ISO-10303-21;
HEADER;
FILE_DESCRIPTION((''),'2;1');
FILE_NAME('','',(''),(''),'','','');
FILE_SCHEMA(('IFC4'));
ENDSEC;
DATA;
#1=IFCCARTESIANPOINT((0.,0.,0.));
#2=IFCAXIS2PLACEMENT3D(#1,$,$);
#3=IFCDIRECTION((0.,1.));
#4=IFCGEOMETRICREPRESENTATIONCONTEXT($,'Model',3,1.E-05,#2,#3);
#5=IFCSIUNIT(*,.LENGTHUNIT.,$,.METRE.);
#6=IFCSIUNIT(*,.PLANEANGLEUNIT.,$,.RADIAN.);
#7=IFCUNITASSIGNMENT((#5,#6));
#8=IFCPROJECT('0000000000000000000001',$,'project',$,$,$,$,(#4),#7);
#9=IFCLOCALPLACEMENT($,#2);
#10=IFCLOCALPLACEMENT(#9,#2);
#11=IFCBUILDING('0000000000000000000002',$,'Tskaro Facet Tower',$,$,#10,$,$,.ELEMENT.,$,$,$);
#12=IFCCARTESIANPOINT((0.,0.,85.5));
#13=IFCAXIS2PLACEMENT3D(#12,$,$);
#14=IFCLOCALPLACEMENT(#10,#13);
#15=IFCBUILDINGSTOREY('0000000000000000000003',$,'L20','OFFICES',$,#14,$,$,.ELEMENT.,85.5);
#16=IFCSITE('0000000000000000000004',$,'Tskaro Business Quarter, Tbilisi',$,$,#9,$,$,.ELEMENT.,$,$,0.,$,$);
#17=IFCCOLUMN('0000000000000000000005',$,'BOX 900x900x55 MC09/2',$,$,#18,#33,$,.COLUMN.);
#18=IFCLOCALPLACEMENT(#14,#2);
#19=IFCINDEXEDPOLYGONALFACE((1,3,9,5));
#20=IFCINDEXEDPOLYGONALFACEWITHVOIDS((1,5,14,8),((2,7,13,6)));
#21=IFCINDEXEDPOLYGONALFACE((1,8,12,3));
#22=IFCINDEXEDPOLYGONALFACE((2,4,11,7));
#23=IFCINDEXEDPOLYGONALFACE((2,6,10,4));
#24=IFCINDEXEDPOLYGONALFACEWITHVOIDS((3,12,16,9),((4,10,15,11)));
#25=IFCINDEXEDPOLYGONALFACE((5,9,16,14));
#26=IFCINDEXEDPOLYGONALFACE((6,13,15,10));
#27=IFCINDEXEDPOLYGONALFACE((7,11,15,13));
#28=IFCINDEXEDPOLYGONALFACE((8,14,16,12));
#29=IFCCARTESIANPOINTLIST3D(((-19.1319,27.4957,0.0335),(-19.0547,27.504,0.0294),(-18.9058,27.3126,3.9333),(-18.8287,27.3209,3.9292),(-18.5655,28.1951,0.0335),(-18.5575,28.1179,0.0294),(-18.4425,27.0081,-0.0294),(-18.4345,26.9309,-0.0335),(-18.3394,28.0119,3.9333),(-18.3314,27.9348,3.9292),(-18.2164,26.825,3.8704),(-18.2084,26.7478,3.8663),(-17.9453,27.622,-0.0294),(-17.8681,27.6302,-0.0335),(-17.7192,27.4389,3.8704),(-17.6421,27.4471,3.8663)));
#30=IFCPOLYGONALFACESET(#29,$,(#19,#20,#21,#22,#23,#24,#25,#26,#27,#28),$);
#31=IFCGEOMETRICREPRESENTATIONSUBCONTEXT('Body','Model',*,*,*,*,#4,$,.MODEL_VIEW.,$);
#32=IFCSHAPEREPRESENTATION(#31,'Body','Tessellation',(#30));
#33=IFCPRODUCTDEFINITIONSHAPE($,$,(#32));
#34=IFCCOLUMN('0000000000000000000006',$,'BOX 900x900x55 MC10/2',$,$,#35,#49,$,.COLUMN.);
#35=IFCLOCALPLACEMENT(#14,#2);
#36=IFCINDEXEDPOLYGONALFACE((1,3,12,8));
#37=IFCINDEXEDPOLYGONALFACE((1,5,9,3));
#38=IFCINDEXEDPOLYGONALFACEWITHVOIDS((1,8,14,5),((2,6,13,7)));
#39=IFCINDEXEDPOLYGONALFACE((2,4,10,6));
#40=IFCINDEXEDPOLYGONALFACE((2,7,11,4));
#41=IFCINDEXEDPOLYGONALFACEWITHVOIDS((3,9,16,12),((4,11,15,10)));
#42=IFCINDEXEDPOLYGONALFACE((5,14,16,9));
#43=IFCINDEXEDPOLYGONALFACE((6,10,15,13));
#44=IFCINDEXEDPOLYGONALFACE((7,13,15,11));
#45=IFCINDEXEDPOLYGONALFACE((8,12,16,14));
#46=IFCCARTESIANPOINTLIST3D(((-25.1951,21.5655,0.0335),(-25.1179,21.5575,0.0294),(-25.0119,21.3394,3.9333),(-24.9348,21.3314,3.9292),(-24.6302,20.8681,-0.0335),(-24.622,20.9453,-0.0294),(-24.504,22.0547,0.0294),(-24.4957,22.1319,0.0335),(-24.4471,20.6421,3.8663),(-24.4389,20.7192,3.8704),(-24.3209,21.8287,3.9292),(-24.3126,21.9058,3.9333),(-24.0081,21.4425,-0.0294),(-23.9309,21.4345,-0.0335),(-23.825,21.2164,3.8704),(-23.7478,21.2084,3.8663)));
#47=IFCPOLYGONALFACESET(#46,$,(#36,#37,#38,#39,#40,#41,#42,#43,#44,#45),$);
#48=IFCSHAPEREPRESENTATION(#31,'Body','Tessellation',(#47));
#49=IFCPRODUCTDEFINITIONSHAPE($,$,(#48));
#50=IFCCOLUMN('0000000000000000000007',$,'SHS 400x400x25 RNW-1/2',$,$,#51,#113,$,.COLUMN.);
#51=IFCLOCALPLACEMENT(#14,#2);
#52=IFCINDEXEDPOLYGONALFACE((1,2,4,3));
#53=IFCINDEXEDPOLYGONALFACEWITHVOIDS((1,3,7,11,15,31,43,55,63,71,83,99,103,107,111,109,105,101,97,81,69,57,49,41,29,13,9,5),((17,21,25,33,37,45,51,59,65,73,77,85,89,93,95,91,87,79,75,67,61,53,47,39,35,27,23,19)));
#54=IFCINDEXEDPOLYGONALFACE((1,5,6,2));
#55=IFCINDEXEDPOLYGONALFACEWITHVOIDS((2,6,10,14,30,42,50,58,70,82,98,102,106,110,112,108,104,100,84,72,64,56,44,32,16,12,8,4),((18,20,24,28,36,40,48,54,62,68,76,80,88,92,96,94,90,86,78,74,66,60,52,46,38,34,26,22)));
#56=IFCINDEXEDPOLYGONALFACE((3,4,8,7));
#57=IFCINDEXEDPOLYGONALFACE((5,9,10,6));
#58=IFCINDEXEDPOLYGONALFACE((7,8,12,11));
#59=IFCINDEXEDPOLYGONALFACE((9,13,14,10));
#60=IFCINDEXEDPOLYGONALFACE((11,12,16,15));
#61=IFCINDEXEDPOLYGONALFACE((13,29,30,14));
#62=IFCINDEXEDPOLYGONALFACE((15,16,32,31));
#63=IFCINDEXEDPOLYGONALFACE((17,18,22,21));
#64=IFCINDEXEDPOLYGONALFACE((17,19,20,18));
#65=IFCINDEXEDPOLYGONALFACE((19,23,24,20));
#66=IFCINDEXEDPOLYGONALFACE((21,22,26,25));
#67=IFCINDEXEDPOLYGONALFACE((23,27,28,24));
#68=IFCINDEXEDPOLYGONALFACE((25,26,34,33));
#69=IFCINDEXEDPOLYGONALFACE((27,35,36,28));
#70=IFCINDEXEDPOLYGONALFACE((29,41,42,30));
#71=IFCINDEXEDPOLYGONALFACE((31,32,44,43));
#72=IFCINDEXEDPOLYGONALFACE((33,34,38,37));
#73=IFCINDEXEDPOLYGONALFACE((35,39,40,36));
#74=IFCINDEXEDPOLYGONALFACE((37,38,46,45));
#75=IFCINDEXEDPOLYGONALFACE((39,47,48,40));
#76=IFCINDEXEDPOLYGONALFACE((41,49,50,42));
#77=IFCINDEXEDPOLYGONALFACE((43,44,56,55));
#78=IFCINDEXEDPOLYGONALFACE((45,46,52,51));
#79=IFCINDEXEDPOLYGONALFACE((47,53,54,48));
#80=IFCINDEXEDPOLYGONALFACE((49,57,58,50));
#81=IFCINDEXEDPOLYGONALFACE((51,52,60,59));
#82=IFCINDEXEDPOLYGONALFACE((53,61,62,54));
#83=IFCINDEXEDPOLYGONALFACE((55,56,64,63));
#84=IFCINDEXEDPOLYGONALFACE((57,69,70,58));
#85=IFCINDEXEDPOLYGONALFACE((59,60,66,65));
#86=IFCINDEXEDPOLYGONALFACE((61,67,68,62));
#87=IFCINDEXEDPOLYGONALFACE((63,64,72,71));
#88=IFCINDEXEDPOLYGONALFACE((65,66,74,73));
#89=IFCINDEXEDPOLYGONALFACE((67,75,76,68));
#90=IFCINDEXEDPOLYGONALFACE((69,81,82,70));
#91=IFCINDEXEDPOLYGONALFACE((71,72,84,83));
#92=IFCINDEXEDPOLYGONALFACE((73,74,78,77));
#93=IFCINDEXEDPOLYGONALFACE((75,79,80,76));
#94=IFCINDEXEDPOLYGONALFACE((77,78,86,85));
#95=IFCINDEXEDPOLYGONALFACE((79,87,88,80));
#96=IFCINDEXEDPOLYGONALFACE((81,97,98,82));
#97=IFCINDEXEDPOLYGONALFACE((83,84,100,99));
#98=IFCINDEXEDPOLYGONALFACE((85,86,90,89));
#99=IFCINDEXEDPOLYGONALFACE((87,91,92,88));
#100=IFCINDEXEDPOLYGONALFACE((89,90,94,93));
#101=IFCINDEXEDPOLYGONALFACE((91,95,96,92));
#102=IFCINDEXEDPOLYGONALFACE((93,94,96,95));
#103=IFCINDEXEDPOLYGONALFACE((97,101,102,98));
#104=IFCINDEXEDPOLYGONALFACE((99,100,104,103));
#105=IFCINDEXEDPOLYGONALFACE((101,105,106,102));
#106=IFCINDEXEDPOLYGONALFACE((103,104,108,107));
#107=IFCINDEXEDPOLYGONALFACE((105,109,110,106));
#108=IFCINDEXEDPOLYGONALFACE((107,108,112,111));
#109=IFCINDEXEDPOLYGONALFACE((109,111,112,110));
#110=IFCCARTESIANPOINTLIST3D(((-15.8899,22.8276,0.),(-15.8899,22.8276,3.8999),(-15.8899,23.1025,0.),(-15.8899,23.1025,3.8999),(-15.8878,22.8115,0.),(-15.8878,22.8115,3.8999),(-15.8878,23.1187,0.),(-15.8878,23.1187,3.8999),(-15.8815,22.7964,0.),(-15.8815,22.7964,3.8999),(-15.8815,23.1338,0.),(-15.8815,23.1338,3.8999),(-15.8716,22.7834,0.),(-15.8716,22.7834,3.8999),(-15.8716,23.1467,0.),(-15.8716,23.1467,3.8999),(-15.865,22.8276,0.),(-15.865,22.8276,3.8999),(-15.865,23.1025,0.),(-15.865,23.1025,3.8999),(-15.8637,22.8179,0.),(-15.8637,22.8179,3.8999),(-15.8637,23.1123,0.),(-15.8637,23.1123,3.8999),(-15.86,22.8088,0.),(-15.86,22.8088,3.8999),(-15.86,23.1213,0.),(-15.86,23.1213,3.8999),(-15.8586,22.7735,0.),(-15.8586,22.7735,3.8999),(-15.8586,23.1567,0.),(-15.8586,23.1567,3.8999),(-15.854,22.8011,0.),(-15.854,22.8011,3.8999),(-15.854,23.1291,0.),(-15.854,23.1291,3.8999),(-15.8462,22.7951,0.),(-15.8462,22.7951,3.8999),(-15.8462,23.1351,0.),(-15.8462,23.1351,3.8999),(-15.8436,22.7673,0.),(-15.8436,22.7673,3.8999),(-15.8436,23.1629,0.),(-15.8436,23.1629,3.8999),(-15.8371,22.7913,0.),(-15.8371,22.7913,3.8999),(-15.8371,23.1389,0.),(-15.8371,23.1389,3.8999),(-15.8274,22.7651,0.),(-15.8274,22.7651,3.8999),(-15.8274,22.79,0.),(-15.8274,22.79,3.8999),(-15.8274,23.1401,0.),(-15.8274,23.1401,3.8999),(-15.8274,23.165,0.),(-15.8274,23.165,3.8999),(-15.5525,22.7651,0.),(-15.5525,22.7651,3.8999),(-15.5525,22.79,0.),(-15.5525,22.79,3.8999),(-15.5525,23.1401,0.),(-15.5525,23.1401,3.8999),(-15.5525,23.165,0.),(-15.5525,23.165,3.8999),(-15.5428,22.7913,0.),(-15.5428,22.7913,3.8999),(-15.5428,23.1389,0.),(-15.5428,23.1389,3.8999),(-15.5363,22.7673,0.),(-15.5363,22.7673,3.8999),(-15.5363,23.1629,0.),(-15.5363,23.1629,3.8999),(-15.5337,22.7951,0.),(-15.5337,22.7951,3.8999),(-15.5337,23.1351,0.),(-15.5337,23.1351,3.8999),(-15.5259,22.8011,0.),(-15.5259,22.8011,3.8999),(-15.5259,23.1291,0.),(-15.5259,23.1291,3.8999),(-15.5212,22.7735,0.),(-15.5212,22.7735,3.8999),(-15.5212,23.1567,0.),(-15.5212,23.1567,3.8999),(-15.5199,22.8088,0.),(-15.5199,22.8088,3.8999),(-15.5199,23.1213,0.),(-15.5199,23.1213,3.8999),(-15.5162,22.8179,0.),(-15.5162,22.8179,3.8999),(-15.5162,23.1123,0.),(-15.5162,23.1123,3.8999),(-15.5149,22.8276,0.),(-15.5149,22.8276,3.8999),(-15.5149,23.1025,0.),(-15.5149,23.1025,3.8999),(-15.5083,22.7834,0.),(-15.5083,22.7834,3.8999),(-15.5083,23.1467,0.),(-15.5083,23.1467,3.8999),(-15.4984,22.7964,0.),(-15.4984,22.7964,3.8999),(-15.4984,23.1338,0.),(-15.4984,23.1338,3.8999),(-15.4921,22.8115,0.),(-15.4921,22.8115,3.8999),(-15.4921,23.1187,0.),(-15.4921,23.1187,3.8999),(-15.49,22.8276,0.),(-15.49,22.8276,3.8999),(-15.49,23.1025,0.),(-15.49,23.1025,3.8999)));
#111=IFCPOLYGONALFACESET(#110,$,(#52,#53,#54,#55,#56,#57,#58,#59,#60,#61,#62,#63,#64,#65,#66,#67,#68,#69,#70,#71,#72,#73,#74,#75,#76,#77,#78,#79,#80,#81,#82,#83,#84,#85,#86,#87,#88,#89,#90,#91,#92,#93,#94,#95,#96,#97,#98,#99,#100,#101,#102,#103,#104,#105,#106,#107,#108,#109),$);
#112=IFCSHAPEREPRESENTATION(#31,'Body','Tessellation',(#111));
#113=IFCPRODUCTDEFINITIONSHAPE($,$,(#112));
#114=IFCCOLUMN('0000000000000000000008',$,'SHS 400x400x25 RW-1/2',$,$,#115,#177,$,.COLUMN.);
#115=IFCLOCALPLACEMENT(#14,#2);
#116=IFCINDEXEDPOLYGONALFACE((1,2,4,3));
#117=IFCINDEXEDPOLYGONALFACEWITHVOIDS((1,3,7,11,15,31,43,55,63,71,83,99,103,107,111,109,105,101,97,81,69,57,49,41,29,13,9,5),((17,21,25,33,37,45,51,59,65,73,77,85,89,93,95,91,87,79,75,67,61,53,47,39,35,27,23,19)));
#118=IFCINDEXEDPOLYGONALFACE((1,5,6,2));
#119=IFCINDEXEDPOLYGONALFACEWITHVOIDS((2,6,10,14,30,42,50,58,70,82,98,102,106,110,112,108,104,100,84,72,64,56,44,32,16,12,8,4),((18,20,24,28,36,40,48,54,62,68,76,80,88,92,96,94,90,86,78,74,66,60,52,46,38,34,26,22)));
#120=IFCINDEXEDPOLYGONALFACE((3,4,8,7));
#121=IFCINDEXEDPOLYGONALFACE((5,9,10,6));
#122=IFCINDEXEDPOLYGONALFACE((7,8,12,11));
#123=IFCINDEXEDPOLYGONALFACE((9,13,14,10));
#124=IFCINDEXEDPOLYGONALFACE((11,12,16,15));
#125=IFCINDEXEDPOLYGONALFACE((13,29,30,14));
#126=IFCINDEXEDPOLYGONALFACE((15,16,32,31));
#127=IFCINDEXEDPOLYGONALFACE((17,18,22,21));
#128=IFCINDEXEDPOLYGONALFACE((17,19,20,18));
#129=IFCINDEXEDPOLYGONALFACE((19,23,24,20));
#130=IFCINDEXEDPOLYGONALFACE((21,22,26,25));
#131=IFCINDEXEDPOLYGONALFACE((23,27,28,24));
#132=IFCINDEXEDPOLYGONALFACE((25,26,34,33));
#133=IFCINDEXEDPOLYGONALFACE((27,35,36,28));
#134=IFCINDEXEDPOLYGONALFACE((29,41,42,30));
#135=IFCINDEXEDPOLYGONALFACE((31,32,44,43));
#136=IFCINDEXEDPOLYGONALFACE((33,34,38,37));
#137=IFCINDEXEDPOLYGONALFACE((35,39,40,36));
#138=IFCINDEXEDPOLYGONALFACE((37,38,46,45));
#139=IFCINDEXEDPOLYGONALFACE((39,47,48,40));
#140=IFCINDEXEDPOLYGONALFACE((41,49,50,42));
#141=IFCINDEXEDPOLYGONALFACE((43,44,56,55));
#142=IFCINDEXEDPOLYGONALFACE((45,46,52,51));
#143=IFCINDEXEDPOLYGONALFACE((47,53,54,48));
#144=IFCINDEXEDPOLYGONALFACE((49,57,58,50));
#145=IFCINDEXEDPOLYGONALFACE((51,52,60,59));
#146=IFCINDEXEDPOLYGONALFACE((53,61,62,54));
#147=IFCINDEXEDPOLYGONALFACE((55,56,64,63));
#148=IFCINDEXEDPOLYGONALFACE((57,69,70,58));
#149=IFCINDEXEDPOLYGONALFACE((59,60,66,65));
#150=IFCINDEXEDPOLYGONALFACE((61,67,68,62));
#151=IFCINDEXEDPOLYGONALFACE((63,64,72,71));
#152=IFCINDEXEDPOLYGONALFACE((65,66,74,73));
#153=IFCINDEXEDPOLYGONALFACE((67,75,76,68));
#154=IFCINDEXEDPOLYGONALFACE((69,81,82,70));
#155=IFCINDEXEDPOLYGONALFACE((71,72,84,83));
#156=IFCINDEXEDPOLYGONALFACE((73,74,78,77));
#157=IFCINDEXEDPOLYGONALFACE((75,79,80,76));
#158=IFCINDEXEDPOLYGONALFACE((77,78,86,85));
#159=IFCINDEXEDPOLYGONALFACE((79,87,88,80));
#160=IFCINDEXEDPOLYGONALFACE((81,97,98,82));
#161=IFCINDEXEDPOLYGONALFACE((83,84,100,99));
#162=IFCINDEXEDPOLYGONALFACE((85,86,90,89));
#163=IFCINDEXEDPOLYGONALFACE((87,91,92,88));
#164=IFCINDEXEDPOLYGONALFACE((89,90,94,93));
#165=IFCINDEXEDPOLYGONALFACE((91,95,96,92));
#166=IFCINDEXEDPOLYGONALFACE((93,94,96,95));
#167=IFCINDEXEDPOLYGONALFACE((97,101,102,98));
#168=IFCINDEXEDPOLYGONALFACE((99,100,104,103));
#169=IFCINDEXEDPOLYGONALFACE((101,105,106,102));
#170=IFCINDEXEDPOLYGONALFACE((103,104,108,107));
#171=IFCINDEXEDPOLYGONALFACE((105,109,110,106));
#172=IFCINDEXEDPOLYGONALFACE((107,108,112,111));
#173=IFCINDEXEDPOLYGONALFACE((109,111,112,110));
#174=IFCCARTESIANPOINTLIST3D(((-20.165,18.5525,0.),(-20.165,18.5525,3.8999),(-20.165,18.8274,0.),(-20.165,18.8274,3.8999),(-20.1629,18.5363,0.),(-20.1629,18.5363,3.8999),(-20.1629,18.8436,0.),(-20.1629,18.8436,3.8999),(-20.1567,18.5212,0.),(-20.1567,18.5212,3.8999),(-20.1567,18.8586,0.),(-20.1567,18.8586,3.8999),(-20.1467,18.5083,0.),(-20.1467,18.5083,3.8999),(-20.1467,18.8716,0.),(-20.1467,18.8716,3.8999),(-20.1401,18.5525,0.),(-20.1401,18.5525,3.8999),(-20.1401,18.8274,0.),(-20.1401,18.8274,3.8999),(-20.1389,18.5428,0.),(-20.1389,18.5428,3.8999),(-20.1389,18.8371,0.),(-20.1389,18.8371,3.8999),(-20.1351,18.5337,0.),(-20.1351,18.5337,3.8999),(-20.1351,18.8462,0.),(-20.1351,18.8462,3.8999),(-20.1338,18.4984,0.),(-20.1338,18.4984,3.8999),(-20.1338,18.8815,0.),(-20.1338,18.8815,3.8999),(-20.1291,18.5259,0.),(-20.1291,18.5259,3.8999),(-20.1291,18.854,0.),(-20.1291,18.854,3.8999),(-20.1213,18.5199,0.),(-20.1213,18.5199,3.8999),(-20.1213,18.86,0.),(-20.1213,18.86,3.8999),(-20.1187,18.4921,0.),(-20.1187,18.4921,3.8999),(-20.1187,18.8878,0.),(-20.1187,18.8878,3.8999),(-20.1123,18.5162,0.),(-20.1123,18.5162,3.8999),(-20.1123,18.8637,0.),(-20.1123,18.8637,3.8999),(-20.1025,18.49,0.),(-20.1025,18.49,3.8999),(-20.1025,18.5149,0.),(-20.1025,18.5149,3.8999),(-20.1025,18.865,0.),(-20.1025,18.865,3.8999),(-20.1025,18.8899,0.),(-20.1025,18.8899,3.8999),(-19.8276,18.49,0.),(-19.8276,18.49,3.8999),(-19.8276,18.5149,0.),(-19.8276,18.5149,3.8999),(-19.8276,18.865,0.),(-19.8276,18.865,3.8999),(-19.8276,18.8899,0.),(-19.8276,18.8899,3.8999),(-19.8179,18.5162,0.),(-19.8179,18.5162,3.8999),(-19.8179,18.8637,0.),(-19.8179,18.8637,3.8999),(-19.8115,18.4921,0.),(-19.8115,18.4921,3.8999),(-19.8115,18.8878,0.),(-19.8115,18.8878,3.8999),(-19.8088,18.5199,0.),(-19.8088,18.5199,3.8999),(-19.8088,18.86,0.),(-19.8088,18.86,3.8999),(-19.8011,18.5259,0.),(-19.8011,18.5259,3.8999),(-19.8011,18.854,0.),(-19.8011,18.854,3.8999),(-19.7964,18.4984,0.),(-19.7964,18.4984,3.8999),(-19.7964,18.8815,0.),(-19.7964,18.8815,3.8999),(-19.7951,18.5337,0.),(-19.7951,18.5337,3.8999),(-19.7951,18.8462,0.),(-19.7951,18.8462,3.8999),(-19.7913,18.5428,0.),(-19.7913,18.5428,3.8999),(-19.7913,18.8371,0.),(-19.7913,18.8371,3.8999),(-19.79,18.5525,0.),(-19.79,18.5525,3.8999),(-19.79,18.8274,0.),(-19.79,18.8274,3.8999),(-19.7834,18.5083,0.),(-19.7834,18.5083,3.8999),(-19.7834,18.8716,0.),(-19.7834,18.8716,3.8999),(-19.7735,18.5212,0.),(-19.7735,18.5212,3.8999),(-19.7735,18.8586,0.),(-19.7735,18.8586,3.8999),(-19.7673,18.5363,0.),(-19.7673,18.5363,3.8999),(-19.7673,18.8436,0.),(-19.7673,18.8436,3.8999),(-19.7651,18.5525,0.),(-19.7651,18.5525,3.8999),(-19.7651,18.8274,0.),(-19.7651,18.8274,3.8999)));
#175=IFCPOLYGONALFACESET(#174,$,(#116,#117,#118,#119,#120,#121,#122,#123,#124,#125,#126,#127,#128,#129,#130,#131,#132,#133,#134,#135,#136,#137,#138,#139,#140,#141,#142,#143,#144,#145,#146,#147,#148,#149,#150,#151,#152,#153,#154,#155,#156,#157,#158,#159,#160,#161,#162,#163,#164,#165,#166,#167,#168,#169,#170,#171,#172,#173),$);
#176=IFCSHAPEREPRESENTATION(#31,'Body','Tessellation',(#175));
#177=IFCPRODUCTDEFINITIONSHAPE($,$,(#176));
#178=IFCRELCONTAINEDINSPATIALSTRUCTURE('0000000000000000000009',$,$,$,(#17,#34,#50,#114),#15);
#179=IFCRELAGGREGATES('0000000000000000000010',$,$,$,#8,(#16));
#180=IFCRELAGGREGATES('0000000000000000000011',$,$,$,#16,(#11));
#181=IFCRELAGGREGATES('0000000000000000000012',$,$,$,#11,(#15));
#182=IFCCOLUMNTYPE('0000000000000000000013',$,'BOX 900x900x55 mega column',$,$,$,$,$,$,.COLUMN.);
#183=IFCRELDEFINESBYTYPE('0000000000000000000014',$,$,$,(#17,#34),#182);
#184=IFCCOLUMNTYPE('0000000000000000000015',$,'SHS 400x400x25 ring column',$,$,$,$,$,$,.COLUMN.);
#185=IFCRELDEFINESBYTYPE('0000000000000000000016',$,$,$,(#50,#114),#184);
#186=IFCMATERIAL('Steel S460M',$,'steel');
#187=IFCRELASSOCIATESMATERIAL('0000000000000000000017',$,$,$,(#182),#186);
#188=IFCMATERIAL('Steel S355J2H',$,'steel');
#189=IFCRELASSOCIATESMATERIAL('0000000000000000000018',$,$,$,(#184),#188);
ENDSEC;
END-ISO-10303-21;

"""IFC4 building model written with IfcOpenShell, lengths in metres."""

from ifc_helpers import new_model, si_unit, direction, frame, origin, origin_2d, place, context, subcontext, project, spatial, hollow_rectangle, extrude, material, material_profile, profile_set, type_object, element, save


model = new_model("IFC4")

# Units and contexts
model_context = context("Model", 3, precision=1e-05, world=origin(), true_north=direction((0.0, 1.0)))
body_context = subcontext(model_context, "Body", "Model", "MODEL_VIEW")
ifc_project = project(units=[si_unit("LENGTHUNIT", "METRE"), si_unit("PLANEANGLEUNIT", "RADIAN")], contexts=[model_context])

# Site, building, storey
site_placement = place(None, origin())
site = spatial("IfcSite", under=ifc_project, at=site_placement, Name="Tskaro Business Quarter, Tbilisi", CompositionType="ELEMENT", RefElevation=0.0)
building_placement = place(site_placement, origin())
building = spatial("IfcBuilding", under=site, at=building_placement, Name="Tskaro Facet Tower", CompositionType="ELEMENT")
storey_placement = place(building_placement, frame((0.0, 0.0, 85.5)))
storey = spatial("IfcBuildingStorey", under=building, at=storey_placement, Name="L20", Description="OFFICES", CompositionType="ELEMENT", Elevation=85.5)

# Columns
ifc_material_1 = material(Name="Steel S460M", Category="steel")
ifc_material_profile_1 = material_profile(ifc_material_1, hollow_rectangle(XDim=0.8999, YDim=0.8999, WallThickness=0.0549, at=origin_2d()), Name="BOX 900x900x55")
ifc_profile_set_1 = profile_set([ifc_material_profile_1], Name="Steel S460M")
column_type_1 = type_object("IfcColumnType", Name="BOX 900x900x55 mega column", PredefinedType="COLUMN", material=ifc_profile_set_1)
for number, where, z_axis, x_axis, name in (
    (1, (-18.5, 27.563, 0.0), (0.057809, -0.046821, 0.997229), (0.629391, 0.777089, 0.0), "BOX 900x900x55 MC09/2"),
    (2, (-24.563, 21.5, 0.0), (0.046821, -0.057809, 0.997229), (0.777089, 0.629391, 0.0), "BOX 900x900x55 MC10/2"),
):
    element("IfcColumn", number, at=place(storey_placement, frame(where, z_axis=z_axis, x_axis=x_axis)), inside=storey, type_object=column_type_1, Name=name, PredefinedType="COLUMN", context=body_context, shape_type="SweptSolid", body=[
        extrude(hollow_rectangle(XDim=0.8999, YDim=0.8999, WallThickness=0.0549, at=origin_2d()), origin(), (0.0, 0.0, 1.0), 3.9106),
    ])
ifc_material_2 = material(Name="Steel S355J2H", Category="steel")
ifc_material_profile_2 = material_profile(ifc_material_2, hollow_rectangle(XDim=0.3999, YDim=0.3999, WallThickness=0.0249, InnerFilletRadius=0.0376, OuterFilletRadius=0.0625, at=origin_2d()), Name="SHS 400x400x25")
ifc_profile_set_2 = profile_set([ifc_material_profile_2], Name="Steel S355J2H")
column_type_2 = type_object("IfcColumnType", Name="SHS 400x400x25 ring column", PredefinedType="COLUMN", material=ifc_profile_set_2)
for number, where, z_axis, x_axis, name in (
    (3, (-15.6899, 22.9651, 0.0), (0.0, 0.0, 1.0), (1.0, 0.0, 0.0), "SHS 400x400x25 RNW-1/2"),
    (4, (-19.9651, 18.6899, 0.0), (0.0, 0.0, 1.0), (1.0, 0.0, 0.0), "SHS 400x400x25 RW-1/2"),
):
    element("IfcColumn", number, at=place(storey_placement, frame(where, z_axis=z_axis, x_axis=x_axis)), inside=storey, type_object=column_type_2, Name=name, PredefinedType="COLUMN", context=body_context, shape_type="SweptSolid", body=[
        extrude(hollow_rectangle(XDim=0.3999, YDim=0.3999, WallThickness=0.0249, InnerFilletRadius=0.0376, OuterFilletRadius=0.0625, at=origin_2d()), origin(), (0.0, 0.0, 1.0), 3.8999),
    ])

save(model, "model.ifc")
